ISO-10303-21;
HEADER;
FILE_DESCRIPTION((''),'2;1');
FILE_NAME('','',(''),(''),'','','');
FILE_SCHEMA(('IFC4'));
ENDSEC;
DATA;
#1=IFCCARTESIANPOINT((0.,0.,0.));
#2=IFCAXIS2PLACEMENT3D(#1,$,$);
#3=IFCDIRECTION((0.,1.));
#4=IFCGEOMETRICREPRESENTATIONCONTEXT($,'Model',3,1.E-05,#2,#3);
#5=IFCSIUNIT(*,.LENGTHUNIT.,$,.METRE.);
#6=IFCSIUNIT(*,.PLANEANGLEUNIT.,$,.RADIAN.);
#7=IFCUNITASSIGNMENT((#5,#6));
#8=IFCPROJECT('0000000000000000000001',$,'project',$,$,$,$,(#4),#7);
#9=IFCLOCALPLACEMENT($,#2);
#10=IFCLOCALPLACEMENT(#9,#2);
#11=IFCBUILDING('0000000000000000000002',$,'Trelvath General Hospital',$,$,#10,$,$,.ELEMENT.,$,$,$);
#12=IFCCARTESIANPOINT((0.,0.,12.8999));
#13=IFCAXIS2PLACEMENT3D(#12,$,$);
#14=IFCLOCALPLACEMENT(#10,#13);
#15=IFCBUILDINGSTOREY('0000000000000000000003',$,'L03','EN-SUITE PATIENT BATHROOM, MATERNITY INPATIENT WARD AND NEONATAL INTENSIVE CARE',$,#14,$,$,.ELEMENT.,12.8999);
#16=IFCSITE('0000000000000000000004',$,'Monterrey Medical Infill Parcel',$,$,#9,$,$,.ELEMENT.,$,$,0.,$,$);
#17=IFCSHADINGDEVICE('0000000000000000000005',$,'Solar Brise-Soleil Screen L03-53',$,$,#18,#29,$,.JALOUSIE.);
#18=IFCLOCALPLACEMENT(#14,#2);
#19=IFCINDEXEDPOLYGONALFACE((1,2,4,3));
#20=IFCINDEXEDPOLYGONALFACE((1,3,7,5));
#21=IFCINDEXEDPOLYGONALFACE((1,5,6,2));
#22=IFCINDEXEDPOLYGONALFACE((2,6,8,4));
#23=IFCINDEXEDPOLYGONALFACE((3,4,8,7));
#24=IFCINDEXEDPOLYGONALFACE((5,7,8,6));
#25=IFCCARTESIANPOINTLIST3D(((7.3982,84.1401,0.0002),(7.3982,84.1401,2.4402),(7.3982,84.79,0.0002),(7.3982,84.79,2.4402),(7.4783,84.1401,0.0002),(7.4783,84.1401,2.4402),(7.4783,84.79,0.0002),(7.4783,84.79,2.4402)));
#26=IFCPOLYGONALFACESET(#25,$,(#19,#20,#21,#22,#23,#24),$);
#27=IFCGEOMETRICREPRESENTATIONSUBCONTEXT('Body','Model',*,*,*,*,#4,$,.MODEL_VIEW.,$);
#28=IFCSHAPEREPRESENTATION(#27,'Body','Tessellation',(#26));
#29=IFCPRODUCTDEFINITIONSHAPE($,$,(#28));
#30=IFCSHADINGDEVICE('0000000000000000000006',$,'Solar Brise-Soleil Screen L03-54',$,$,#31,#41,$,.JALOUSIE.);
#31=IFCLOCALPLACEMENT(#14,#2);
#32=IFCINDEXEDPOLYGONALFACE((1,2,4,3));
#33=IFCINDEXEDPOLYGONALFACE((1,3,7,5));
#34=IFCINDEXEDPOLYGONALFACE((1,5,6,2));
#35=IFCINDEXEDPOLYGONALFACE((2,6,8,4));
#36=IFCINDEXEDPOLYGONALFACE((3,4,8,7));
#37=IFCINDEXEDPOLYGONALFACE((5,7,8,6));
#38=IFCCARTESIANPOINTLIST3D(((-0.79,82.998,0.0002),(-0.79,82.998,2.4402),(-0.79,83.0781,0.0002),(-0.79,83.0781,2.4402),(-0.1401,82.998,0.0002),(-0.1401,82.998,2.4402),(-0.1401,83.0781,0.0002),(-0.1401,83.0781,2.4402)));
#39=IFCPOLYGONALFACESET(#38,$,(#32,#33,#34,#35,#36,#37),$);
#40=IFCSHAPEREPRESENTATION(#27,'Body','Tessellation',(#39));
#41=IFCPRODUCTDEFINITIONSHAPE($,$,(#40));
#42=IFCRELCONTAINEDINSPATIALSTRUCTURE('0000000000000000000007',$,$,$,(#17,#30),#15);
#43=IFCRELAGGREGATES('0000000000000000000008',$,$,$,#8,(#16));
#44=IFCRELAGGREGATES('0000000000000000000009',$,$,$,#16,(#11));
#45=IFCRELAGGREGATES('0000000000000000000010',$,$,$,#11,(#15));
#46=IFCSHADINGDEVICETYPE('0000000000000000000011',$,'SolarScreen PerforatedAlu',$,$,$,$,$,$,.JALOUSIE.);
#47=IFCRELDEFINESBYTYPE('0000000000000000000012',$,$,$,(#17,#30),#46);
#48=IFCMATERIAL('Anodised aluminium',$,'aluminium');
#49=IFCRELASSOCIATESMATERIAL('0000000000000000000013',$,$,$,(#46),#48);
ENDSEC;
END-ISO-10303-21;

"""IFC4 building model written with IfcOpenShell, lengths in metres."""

from ifc_helpers import new_model, si_unit, direction, frame, origin, origin_2d, place, context, subcontext, project, spatial, rectangle, extrude, material, type_object, element, save


model = new_model("IFC4")

# Units and contexts
model_context = context("Model", 3, precision=1e-05, world=origin(), true_north=direction((0.0, 1.0)))
body_context = subcontext(model_context, "Body", "Model", "MODEL_VIEW")
ifc_project = project(units=[si_unit("LENGTHUNIT", "METRE"), si_unit("PLANEANGLEUNIT", "RADIAN")], contexts=[model_context])

# Site, building, storey
site_placement = place(None, origin())
site = spatial("IfcSite", under=ifc_project, at=site_placement, Name="Monterrey Medical Infill Parcel", CompositionType="ELEMENT", RefElevation=0.0)
building_placement = place(site_placement, origin())
building = spatial("IfcBuilding", under=site, at=building_placement, Name="Trelvath General Hospital", CompositionType="ELEMENT")
storey_placement = place(building_placement, frame((0.0, 0.0, 12.8999)))
storey = spatial("IfcBuildingStorey", under=building, at=storey_placement, Name="L03", Description="EN-SUITE PATIENT BATHROOM, MATERNITY INPATIENT WARD AND NEONATAL INTENSIVE CARE", CompositionType="ELEMENT", Elevation=12.8999)

# Shading devices
ifc_material_1 = material(Name="Anodised aluminium", Category="aluminium")
shading_device_type_1 = type_object("IfcShadingDeviceType", Name="SolarScreen PerforatedAlu", PredefinedType="JALOUSIE", material=ifc_material_1)
for number, where, z_axis, x_axis, name in (
    (1, (7.4382, 84.4651, 0.0002), (0.0, 0.0, 1.0), (0.0, 1.0, 0.0), "Solar Brise-Soleil Screen L03-53"),
    (2, (-0.4651, 83.0381, 0.0002), (0.0, 0.0, 1.0), (-1.0, 0.0, 0.0), "Solar Brise-Soleil Screen L03-54"),
):
    element("IfcShadingDevice", number, at=place(storey_placement, frame(where, z_axis=z_axis, x_axis=x_axis)), inside=storey, type_object=shading_device_type_1, Name=name, PredefinedType="JALOUSIE", context=body_context, shape_type="SweptSolid", body=[
        extrude(rectangle(XDim=0.6499, YDim=0.0801, at=origin_2d()), origin(), (0.0, 0.0, 1.0), 2.4399),
    ])

save(model, "model.ifc")
